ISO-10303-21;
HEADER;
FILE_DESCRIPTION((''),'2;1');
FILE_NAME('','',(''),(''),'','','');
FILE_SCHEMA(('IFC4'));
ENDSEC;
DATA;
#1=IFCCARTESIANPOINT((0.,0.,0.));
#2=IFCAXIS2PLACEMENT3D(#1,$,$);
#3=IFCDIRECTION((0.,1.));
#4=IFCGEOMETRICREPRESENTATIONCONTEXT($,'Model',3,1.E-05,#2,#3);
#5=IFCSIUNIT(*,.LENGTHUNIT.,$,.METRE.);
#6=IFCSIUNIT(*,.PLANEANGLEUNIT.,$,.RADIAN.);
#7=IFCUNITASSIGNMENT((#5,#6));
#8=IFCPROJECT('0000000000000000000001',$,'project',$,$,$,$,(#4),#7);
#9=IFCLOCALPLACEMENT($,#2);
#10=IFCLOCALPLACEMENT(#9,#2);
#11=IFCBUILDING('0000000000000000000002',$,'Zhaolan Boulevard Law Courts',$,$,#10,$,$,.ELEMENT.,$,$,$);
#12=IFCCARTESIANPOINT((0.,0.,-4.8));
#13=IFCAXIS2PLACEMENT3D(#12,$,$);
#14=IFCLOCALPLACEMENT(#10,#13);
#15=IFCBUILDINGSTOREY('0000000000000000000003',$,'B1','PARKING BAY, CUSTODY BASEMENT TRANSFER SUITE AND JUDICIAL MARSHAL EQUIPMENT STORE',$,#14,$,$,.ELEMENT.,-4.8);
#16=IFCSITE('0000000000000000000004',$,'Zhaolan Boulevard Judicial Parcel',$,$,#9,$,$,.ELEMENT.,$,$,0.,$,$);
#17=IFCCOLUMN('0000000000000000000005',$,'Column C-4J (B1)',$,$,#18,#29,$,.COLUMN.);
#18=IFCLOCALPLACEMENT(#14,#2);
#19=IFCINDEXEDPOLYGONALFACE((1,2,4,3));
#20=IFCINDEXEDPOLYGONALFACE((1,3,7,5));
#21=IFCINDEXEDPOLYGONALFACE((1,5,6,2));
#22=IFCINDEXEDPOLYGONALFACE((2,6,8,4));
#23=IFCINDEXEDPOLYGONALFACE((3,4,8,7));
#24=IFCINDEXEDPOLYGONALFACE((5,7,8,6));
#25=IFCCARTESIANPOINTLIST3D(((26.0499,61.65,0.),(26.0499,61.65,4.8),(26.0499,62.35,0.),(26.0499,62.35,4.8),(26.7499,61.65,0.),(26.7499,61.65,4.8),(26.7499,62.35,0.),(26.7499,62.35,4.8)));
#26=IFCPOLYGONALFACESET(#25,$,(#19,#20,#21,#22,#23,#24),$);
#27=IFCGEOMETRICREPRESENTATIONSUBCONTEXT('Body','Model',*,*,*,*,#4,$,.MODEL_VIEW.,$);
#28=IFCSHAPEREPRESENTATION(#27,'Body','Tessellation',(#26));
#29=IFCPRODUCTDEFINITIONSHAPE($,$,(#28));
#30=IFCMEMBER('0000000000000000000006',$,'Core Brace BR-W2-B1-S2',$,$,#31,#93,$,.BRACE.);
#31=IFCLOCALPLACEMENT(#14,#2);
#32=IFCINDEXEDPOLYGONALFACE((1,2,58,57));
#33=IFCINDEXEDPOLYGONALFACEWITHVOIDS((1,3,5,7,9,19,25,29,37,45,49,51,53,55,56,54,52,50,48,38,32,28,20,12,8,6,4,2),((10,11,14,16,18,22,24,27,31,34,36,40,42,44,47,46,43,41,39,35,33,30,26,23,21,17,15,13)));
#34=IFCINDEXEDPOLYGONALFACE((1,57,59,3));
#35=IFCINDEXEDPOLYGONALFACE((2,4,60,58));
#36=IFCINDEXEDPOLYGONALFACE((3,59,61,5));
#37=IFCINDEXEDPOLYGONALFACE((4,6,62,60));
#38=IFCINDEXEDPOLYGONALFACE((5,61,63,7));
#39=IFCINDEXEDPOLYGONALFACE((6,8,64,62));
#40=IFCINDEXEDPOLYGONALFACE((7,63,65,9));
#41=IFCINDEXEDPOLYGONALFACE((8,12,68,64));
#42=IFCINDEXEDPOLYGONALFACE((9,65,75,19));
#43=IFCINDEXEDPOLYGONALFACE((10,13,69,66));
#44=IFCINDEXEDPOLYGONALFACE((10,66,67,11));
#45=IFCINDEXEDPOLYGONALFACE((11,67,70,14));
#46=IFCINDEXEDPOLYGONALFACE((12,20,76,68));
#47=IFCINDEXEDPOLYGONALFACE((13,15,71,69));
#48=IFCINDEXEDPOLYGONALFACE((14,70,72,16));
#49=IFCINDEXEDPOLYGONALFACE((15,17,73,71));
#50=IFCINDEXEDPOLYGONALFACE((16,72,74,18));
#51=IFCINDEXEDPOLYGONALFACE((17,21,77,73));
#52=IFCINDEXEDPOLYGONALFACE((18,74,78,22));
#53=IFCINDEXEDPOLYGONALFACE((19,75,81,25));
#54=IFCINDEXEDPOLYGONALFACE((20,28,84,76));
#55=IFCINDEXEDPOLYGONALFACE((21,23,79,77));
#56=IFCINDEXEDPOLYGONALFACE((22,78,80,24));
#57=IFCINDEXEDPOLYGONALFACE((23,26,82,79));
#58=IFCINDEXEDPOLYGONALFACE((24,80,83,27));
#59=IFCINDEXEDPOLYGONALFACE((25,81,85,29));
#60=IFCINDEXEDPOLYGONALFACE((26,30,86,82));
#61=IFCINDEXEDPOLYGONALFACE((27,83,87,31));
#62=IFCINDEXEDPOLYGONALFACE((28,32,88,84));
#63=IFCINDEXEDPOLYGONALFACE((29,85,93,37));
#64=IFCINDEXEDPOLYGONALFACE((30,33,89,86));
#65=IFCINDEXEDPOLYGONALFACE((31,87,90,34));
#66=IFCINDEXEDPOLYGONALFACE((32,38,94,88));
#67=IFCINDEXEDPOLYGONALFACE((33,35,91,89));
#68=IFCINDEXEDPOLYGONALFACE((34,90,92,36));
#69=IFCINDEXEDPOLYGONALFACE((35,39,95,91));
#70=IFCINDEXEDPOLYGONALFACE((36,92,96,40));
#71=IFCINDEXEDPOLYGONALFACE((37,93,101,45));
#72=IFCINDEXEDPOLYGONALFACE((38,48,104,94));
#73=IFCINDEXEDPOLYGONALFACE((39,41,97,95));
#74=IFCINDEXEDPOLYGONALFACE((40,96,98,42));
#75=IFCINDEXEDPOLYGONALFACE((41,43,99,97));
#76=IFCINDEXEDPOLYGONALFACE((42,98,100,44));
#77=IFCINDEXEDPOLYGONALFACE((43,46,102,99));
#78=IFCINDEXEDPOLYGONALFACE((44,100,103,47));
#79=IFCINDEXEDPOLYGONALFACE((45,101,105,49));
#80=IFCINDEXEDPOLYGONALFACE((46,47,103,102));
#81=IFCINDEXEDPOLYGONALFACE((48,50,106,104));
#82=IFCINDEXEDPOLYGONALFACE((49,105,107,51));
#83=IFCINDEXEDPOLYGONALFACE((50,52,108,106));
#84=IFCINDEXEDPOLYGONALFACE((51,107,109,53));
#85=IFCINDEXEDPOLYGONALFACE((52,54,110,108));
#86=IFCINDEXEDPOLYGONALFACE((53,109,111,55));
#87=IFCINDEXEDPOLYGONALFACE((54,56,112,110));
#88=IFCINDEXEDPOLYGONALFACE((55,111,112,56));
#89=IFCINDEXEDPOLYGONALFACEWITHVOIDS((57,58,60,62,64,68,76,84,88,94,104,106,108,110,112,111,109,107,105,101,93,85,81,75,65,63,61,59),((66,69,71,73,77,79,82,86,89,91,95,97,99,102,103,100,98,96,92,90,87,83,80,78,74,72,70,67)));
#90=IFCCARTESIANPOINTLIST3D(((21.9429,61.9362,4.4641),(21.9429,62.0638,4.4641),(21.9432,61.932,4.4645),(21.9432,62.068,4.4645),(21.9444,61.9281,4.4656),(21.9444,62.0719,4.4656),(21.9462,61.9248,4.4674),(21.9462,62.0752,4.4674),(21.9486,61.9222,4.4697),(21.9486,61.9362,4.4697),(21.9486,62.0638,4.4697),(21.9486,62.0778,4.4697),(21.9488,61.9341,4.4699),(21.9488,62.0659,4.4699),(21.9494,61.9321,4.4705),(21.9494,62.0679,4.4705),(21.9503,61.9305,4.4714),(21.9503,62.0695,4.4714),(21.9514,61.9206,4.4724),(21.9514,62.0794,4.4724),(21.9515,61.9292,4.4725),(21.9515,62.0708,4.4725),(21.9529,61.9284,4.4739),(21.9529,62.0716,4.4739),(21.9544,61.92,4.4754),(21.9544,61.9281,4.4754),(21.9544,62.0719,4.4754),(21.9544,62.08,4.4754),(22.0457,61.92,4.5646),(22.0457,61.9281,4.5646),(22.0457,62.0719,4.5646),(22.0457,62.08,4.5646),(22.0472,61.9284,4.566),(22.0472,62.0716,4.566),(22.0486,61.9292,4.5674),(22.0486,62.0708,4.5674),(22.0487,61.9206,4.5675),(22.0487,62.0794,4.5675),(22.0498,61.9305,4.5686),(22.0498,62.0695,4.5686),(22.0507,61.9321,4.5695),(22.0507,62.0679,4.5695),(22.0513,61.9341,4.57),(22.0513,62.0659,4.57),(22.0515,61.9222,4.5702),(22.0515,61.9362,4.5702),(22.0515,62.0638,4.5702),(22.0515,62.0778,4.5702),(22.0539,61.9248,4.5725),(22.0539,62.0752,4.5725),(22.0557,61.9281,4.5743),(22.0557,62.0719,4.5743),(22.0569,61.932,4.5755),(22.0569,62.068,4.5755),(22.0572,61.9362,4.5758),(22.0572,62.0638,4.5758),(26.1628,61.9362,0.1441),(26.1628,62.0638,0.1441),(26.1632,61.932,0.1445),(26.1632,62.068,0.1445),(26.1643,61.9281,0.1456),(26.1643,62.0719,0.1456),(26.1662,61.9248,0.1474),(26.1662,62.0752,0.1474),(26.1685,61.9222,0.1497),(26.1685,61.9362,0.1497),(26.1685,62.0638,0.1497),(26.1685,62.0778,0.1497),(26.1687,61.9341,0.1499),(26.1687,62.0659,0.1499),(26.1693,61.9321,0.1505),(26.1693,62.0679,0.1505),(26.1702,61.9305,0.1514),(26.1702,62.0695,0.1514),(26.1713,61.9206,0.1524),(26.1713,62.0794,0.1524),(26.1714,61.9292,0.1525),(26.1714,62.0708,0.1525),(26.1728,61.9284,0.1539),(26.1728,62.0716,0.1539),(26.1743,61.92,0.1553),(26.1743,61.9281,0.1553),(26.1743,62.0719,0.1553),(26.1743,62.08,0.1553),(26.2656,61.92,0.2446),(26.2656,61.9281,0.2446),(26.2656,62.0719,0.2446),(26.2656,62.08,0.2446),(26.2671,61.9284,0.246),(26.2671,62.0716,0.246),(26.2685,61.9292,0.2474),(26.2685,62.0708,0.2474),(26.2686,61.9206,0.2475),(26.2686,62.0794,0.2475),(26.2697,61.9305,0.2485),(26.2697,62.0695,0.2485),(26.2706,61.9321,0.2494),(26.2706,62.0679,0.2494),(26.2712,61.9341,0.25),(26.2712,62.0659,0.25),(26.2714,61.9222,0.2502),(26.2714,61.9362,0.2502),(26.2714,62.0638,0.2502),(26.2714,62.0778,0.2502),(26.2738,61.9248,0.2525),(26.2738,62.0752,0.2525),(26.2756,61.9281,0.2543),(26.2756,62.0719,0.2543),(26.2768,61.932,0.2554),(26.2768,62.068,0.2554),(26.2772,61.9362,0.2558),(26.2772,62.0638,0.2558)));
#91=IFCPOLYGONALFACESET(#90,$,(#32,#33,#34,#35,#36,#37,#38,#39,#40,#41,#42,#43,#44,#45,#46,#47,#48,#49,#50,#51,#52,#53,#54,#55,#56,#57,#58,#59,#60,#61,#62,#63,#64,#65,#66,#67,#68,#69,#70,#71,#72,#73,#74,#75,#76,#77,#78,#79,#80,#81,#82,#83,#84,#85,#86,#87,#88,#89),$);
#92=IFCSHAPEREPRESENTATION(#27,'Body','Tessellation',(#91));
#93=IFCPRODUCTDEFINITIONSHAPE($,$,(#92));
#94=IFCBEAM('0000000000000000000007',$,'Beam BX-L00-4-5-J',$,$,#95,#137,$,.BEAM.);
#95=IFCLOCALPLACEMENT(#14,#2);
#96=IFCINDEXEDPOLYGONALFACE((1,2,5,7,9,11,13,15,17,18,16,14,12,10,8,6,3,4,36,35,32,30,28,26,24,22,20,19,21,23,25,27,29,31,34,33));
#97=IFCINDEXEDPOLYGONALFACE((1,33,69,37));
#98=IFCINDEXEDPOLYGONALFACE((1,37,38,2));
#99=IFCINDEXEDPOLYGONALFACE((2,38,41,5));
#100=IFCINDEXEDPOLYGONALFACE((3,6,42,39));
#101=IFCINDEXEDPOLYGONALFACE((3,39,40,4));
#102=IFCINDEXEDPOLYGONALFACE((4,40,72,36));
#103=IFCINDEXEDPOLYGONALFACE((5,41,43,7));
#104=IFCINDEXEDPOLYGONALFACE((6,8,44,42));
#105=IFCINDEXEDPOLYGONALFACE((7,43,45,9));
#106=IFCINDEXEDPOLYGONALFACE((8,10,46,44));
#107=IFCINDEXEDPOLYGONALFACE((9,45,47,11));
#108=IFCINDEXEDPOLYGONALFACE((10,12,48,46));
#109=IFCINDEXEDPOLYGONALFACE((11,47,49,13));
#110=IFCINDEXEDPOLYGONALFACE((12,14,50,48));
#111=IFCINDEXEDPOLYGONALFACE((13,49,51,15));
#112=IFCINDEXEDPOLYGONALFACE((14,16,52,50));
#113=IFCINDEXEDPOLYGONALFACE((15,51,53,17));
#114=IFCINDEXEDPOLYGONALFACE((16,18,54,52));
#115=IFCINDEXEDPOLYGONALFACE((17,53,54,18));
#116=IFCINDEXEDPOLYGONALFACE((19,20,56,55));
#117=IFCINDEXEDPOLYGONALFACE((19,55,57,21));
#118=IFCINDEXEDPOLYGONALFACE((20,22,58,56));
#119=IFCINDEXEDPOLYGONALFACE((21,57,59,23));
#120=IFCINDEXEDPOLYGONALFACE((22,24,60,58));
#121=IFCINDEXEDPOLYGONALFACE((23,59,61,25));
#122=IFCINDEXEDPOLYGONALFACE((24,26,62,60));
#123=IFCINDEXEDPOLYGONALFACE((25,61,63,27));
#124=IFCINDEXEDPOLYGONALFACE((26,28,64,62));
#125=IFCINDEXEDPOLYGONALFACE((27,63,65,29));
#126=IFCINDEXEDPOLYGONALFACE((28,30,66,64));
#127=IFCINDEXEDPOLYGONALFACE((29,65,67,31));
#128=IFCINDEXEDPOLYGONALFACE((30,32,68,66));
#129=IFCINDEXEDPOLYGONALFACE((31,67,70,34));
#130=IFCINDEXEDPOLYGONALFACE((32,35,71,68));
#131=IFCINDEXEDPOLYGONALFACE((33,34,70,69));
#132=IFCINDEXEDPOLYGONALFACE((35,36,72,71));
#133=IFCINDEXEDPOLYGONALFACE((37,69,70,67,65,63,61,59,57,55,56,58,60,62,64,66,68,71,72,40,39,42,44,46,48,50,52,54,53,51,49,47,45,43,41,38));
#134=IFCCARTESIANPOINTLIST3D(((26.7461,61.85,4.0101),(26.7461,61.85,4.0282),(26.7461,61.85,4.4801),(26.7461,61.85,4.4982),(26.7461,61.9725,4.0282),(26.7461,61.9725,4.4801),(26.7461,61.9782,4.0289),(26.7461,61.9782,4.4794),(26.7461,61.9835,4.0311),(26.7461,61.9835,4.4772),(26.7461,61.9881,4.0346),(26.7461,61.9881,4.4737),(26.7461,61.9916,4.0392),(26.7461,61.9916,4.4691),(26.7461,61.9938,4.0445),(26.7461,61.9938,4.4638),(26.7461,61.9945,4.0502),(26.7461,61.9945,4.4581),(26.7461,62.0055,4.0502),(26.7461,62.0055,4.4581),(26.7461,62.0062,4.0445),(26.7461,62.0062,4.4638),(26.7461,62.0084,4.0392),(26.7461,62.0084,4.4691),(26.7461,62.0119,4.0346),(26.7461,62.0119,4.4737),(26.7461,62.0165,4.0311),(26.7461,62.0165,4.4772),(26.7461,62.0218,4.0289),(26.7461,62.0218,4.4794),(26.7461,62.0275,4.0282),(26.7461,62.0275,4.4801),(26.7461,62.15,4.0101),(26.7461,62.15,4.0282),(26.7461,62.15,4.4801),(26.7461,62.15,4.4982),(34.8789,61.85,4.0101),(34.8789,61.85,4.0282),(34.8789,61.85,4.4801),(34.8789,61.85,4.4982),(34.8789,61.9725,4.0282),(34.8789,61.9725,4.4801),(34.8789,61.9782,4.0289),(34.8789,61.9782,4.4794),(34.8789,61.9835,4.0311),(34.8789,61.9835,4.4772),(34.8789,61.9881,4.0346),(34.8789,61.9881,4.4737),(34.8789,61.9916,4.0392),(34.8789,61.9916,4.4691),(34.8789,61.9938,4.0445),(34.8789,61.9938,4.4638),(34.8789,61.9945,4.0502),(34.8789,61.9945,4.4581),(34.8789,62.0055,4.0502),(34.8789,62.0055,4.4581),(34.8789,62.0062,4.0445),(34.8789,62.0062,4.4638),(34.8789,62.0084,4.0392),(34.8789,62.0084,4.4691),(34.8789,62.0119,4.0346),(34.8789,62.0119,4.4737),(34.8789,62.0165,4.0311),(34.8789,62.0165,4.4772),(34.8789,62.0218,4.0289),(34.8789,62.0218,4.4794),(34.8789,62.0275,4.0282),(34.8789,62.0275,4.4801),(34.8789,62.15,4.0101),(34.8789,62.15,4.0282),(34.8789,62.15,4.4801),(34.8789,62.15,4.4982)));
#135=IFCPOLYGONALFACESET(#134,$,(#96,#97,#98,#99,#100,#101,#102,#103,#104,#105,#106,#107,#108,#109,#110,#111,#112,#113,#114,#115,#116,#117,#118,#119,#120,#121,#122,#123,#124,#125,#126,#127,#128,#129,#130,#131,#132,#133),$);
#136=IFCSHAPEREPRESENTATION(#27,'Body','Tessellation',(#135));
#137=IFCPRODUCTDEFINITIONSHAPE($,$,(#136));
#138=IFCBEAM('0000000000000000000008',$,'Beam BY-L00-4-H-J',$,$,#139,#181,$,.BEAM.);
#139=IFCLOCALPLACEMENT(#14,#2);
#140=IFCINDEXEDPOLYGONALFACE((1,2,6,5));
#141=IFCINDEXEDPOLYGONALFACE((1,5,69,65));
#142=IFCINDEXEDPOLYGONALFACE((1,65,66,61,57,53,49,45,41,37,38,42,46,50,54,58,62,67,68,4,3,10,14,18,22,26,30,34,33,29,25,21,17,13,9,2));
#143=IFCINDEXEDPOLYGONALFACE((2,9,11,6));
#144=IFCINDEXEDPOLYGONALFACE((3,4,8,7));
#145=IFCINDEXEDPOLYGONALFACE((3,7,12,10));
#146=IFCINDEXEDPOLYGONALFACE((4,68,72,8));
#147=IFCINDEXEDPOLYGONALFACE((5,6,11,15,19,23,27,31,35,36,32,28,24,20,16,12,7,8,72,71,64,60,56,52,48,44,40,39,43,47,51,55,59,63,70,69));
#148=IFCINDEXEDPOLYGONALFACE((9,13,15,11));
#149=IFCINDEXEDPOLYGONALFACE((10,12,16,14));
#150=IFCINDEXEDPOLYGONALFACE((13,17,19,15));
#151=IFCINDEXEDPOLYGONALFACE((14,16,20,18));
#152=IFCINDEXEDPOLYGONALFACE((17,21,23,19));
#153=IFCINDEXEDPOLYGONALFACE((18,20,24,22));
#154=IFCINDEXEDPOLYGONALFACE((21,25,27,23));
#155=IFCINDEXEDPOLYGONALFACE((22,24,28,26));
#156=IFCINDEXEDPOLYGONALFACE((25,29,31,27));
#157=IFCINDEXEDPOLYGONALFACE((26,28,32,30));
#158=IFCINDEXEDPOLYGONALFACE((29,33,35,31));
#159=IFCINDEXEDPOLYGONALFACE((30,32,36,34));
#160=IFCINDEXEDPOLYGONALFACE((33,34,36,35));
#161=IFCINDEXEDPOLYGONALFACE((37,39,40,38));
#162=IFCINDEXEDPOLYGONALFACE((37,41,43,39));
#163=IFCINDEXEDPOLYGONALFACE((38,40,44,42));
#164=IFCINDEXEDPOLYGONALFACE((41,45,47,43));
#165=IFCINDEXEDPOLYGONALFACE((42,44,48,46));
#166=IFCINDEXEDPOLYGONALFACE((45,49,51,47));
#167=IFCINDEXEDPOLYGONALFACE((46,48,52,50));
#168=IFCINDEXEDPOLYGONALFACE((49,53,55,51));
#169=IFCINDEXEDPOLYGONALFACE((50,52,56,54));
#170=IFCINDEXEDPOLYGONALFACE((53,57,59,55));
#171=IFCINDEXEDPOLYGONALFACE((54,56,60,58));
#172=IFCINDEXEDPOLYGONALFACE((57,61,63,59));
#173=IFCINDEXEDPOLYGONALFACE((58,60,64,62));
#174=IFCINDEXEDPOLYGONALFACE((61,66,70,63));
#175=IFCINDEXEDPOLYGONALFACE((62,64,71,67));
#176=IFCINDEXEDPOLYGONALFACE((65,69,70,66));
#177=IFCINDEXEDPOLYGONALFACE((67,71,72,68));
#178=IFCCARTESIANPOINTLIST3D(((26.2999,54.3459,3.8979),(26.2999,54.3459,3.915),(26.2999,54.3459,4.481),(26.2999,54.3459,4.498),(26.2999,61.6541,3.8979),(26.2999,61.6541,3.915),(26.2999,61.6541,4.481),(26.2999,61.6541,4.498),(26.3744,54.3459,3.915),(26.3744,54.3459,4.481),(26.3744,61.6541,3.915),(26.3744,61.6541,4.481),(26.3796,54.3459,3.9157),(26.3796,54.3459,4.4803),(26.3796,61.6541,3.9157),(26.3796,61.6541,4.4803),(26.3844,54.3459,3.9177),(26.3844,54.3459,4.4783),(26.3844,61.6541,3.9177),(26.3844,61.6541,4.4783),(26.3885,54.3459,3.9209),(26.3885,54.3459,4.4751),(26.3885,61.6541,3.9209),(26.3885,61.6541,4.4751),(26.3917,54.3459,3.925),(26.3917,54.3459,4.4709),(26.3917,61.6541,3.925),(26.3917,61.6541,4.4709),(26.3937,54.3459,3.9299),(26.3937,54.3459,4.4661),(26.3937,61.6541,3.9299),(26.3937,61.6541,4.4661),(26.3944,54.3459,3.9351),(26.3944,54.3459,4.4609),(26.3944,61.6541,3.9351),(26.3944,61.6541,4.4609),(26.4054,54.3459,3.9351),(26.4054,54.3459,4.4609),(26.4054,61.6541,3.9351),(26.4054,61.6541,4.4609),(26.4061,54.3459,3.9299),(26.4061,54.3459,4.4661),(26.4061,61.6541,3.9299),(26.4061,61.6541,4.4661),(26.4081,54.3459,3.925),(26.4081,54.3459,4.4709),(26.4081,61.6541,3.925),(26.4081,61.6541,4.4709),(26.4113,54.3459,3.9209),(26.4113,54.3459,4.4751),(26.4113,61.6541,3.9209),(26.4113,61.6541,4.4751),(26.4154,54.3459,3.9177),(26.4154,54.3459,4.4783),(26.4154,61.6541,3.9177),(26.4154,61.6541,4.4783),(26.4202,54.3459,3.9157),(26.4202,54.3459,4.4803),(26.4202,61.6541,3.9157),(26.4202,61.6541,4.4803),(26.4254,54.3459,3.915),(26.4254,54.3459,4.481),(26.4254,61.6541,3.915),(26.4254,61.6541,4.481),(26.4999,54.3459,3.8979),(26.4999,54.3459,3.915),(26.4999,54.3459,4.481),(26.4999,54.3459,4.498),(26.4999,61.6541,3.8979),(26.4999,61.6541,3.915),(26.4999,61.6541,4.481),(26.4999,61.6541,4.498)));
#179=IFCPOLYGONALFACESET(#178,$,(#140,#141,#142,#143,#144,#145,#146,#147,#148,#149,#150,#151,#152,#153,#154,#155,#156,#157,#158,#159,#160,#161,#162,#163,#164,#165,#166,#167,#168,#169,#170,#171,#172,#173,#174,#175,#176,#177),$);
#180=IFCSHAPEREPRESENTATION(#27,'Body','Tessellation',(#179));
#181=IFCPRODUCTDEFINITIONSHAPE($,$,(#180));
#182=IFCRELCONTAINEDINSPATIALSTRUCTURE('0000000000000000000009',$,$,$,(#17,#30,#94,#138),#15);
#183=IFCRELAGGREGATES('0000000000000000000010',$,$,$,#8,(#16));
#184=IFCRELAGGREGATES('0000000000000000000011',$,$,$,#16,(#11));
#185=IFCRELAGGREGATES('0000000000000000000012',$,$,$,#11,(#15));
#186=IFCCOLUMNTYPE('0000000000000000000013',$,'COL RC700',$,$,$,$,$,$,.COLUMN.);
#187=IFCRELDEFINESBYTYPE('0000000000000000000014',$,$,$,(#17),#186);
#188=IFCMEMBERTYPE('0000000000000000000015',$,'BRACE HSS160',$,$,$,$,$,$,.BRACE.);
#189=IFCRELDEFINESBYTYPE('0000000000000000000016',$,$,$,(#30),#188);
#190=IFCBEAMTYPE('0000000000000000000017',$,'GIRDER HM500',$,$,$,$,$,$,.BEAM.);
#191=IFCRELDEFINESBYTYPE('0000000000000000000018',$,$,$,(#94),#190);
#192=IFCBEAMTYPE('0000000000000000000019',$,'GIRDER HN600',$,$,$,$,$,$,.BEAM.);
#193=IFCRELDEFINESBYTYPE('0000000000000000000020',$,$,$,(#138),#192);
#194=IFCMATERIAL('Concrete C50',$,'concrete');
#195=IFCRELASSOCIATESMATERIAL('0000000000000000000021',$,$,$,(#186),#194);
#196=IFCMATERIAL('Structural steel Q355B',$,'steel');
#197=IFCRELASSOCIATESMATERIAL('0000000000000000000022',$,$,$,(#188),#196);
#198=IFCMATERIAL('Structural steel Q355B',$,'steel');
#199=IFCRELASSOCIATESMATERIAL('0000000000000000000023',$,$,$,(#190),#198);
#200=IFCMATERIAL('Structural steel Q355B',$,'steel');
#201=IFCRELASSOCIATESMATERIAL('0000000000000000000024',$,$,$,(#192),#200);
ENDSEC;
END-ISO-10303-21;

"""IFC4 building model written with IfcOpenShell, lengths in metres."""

from ifc_helpers import new_model, si_unit, direction, frame, origin, origin_2d, place, context, subcontext, project, spatial, rectangle, hollow_rectangle, i_section, extrude, material, material_profile, profile_set, type_object, element, save


model = new_model("IFC4")

# Units and contexts
model_context = context("Model", 3, precision=1e-05, world=origin(), true_north=direction((0.0, 1.0)))
body_context = subcontext(model_context, "Body", "Model", "MODEL_VIEW")
ifc_project = project(units=[si_unit("LENGTHUNIT", "METRE"), si_unit("PLANEANGLEUNIT", "RADIAN")], contexts=[model_context])

# Site, building, storey
site_placement = place(None, origin())
site = spatial("IfcSite", under=ifc_project, at=site_placement, Name="Zhaolan Boulevard Judicial Parcel", CompositionType="ELEMENT", RefElevation=0.0)
building_placement = place(site_placement, origin())
building = spatial("IfcBuilding", under=site, at=building_placement, Name="Zhaolan Boulevard Law Courts", CompositionType="ELEMENT")
storey_placement = place(building_placement, frame((0.0, 0.0, -4.8)))
storey = spatial("IfcBuildingStorey", under=building, at=storey_placement, Name="B1", Description="PARKING BAY, CUSTODY BASEMENT TRANSFER SUITE AND JUDICIAL MARSHAL EQUIPMENT STORE", CompositionType="ELEMENT", Elevation=-4.8)

# Column
ifc_material_1 = material(Name="Concrete C50", Category="concrete")
ifc_material_profile_1 = material_profile(ifc_material_1, rectangle(XDim=0.7, YDim=0.7, at=origin_2d()), Name="RC700x700")
ifc_profile_set_1 = profile_set([ifc_material_profile_1], Name="Concrete C50")
column_type = type_object("IfcColumnType", Name="COL RC700", PredefinedType="COLUMN", material=ifc_profile_set_1)
column_placement = place(storey_placement, frame((26.3999, 62.0, 0.0), z_axis=(0.0, 0.0, 1.0), x_axis=(1.0, 0.0, 0.0)))
element("IfcColumn", 1, at=column_placement, inside=storey, type_object=column_type, Name="Column C-4J (B1)", PredefinedType="COLUMN", context=body_context, shape_type="SweptSolid", body=[
    extrude(rectangle(XDim=0.7, YDim=0.7, at=origin_2d()), origin(), (0.0, 0.0, 1.0), 4.8),
])

# Member
ifc_material_2 = material(Name="Structural steel Q355B", Category="steel")
ifc_material_profile_2 = material_profile(ifc_material_2, hollow_rectangle(XDim=0.1599, YDim=0.1599, WallThickness=0.0081, InnerFilletRadius=0.0081, OuterFilletRadius=0.0161, at=origin_2d()), Name="HSS160x160x8")
ifc_profile_set_2 = profile_set([ifc_material_profile_2], Name="Structural steel Q355B")
member_type = type_object("IfcMemberType", Name="BRACE HSS160", PredefinedType="BRACE", material=ifc_profile_set_2)
member_placement = place(storey_placement, frame((26.22, 62.0, 0.2), z_axis=(-0.698771, 0.0, 0.715346), x_axis=(0.0, -1.0, 0.0)))
element("IfcMember", 2, at=member_placement, inside=storey, type_object=member_type, Name="Core Brace BR-W2-B1-S2", PredefinedType="BRACE", context=body_context, shape_type="SweptSolid", body=[
    extrude(hollow_rectangle(XDim=0.1599, YDim=0.1599, WallThickness=0.0081, InnerFilletRadius=0.0081, OuterFilletRadius=0.0161, at=origin_2d()), origin(), (0.0, 0.0, 1.0), 6.0391),
])

# Beams
ifc_material_3 = material(Name="Structural steel Q355B", Category="steel")
ifc_material_profile_3 = material_profile(ifc_material_3, i_section(OverallWidth=0.3, OverallDepth=0.488, WebThickness=0.011, FlangeThickness=0.0181, FilletRadius=0.022, at=origin_2d()), Name="HM488x300")
ifc_profile_set_3 = profile_set([ifc_material_profile_3], Name="Structural steel Q355B")
beam_type_1 = type_object("IfcBeamType", Name="GIRDER HM500", PredefinedType="BEAM", material=ifc_profile_set_3)
beam_1_placement = place(storey_placement, frame((26.7461, 62.0, 4.2542), z_axis=(1.0, 0.0, 0.0), x_axis=(0.0, 1.0, 0.0)))
element("IfcBeam", 3, at=beam_1_placement, inside=storey, type_object=beam_type_1, Name="Beam BX-L00-4-5-J", PredefinedType="BEAM", context=body_context, shape_type="SweptSolid", body=[
    extrude(i_section(OverallWidth=0.3, OverallDepth=0.488, WebThickness=0.011, FlangeThickness=0.0181, FilletRadius=0.022, at=origin_2d()), origin(), (0.0, 0.0, 1.0), 8.1328),
])
ifc_material_4 = material(Name="Structural steel Q355B", Category="steel")
ifc_material_profile_4 = material_profile(ifc_material_4, i_section(OverallWidth=0.2, OverallDepth=0.6001, WebThickness=0.011, FlangeThickness=0.0171, FilletRadius=0.02, at=origin_2d()), Name="HN600x200")
ifc_profile_set_4 = profile_set([ifc_material_profile_4], Name="Structural steel Q355B")
beam_type_2 = type_object("IfcBeamType", Name="GIRDER HN600", PredefinedType="BEAM", material=ifc_profile_set_4)
for number, where, z_axis, x_axis, name in (
    (4, (26.3999, 54.3459, 4.198), (0.0, 1.0, 0.0), (-1.0, 0.0, 0.0), "Beam BY-L00-4-H-J"),
):
    element("IfcBeam", number, at=place(storey_placement, frame(where, z_axis=z_axis, x_axis=x_axis)), inside=storey, type_object=beam_type_2, Name=name, PredefinedType="BEAM", context=body_context, shape_type="SweptSolid", body=[
        extrude(i_section(OverallWidth=0.2, OverallDepth=0.6001, WebThickness=0.011, FlangeThickness=0.0171, FilletRadius=0.02, at=origin_2d()), origin(), (0.0, 0.0, 1.0), 7.3081),
    ])

save(model, "model.ifc")
